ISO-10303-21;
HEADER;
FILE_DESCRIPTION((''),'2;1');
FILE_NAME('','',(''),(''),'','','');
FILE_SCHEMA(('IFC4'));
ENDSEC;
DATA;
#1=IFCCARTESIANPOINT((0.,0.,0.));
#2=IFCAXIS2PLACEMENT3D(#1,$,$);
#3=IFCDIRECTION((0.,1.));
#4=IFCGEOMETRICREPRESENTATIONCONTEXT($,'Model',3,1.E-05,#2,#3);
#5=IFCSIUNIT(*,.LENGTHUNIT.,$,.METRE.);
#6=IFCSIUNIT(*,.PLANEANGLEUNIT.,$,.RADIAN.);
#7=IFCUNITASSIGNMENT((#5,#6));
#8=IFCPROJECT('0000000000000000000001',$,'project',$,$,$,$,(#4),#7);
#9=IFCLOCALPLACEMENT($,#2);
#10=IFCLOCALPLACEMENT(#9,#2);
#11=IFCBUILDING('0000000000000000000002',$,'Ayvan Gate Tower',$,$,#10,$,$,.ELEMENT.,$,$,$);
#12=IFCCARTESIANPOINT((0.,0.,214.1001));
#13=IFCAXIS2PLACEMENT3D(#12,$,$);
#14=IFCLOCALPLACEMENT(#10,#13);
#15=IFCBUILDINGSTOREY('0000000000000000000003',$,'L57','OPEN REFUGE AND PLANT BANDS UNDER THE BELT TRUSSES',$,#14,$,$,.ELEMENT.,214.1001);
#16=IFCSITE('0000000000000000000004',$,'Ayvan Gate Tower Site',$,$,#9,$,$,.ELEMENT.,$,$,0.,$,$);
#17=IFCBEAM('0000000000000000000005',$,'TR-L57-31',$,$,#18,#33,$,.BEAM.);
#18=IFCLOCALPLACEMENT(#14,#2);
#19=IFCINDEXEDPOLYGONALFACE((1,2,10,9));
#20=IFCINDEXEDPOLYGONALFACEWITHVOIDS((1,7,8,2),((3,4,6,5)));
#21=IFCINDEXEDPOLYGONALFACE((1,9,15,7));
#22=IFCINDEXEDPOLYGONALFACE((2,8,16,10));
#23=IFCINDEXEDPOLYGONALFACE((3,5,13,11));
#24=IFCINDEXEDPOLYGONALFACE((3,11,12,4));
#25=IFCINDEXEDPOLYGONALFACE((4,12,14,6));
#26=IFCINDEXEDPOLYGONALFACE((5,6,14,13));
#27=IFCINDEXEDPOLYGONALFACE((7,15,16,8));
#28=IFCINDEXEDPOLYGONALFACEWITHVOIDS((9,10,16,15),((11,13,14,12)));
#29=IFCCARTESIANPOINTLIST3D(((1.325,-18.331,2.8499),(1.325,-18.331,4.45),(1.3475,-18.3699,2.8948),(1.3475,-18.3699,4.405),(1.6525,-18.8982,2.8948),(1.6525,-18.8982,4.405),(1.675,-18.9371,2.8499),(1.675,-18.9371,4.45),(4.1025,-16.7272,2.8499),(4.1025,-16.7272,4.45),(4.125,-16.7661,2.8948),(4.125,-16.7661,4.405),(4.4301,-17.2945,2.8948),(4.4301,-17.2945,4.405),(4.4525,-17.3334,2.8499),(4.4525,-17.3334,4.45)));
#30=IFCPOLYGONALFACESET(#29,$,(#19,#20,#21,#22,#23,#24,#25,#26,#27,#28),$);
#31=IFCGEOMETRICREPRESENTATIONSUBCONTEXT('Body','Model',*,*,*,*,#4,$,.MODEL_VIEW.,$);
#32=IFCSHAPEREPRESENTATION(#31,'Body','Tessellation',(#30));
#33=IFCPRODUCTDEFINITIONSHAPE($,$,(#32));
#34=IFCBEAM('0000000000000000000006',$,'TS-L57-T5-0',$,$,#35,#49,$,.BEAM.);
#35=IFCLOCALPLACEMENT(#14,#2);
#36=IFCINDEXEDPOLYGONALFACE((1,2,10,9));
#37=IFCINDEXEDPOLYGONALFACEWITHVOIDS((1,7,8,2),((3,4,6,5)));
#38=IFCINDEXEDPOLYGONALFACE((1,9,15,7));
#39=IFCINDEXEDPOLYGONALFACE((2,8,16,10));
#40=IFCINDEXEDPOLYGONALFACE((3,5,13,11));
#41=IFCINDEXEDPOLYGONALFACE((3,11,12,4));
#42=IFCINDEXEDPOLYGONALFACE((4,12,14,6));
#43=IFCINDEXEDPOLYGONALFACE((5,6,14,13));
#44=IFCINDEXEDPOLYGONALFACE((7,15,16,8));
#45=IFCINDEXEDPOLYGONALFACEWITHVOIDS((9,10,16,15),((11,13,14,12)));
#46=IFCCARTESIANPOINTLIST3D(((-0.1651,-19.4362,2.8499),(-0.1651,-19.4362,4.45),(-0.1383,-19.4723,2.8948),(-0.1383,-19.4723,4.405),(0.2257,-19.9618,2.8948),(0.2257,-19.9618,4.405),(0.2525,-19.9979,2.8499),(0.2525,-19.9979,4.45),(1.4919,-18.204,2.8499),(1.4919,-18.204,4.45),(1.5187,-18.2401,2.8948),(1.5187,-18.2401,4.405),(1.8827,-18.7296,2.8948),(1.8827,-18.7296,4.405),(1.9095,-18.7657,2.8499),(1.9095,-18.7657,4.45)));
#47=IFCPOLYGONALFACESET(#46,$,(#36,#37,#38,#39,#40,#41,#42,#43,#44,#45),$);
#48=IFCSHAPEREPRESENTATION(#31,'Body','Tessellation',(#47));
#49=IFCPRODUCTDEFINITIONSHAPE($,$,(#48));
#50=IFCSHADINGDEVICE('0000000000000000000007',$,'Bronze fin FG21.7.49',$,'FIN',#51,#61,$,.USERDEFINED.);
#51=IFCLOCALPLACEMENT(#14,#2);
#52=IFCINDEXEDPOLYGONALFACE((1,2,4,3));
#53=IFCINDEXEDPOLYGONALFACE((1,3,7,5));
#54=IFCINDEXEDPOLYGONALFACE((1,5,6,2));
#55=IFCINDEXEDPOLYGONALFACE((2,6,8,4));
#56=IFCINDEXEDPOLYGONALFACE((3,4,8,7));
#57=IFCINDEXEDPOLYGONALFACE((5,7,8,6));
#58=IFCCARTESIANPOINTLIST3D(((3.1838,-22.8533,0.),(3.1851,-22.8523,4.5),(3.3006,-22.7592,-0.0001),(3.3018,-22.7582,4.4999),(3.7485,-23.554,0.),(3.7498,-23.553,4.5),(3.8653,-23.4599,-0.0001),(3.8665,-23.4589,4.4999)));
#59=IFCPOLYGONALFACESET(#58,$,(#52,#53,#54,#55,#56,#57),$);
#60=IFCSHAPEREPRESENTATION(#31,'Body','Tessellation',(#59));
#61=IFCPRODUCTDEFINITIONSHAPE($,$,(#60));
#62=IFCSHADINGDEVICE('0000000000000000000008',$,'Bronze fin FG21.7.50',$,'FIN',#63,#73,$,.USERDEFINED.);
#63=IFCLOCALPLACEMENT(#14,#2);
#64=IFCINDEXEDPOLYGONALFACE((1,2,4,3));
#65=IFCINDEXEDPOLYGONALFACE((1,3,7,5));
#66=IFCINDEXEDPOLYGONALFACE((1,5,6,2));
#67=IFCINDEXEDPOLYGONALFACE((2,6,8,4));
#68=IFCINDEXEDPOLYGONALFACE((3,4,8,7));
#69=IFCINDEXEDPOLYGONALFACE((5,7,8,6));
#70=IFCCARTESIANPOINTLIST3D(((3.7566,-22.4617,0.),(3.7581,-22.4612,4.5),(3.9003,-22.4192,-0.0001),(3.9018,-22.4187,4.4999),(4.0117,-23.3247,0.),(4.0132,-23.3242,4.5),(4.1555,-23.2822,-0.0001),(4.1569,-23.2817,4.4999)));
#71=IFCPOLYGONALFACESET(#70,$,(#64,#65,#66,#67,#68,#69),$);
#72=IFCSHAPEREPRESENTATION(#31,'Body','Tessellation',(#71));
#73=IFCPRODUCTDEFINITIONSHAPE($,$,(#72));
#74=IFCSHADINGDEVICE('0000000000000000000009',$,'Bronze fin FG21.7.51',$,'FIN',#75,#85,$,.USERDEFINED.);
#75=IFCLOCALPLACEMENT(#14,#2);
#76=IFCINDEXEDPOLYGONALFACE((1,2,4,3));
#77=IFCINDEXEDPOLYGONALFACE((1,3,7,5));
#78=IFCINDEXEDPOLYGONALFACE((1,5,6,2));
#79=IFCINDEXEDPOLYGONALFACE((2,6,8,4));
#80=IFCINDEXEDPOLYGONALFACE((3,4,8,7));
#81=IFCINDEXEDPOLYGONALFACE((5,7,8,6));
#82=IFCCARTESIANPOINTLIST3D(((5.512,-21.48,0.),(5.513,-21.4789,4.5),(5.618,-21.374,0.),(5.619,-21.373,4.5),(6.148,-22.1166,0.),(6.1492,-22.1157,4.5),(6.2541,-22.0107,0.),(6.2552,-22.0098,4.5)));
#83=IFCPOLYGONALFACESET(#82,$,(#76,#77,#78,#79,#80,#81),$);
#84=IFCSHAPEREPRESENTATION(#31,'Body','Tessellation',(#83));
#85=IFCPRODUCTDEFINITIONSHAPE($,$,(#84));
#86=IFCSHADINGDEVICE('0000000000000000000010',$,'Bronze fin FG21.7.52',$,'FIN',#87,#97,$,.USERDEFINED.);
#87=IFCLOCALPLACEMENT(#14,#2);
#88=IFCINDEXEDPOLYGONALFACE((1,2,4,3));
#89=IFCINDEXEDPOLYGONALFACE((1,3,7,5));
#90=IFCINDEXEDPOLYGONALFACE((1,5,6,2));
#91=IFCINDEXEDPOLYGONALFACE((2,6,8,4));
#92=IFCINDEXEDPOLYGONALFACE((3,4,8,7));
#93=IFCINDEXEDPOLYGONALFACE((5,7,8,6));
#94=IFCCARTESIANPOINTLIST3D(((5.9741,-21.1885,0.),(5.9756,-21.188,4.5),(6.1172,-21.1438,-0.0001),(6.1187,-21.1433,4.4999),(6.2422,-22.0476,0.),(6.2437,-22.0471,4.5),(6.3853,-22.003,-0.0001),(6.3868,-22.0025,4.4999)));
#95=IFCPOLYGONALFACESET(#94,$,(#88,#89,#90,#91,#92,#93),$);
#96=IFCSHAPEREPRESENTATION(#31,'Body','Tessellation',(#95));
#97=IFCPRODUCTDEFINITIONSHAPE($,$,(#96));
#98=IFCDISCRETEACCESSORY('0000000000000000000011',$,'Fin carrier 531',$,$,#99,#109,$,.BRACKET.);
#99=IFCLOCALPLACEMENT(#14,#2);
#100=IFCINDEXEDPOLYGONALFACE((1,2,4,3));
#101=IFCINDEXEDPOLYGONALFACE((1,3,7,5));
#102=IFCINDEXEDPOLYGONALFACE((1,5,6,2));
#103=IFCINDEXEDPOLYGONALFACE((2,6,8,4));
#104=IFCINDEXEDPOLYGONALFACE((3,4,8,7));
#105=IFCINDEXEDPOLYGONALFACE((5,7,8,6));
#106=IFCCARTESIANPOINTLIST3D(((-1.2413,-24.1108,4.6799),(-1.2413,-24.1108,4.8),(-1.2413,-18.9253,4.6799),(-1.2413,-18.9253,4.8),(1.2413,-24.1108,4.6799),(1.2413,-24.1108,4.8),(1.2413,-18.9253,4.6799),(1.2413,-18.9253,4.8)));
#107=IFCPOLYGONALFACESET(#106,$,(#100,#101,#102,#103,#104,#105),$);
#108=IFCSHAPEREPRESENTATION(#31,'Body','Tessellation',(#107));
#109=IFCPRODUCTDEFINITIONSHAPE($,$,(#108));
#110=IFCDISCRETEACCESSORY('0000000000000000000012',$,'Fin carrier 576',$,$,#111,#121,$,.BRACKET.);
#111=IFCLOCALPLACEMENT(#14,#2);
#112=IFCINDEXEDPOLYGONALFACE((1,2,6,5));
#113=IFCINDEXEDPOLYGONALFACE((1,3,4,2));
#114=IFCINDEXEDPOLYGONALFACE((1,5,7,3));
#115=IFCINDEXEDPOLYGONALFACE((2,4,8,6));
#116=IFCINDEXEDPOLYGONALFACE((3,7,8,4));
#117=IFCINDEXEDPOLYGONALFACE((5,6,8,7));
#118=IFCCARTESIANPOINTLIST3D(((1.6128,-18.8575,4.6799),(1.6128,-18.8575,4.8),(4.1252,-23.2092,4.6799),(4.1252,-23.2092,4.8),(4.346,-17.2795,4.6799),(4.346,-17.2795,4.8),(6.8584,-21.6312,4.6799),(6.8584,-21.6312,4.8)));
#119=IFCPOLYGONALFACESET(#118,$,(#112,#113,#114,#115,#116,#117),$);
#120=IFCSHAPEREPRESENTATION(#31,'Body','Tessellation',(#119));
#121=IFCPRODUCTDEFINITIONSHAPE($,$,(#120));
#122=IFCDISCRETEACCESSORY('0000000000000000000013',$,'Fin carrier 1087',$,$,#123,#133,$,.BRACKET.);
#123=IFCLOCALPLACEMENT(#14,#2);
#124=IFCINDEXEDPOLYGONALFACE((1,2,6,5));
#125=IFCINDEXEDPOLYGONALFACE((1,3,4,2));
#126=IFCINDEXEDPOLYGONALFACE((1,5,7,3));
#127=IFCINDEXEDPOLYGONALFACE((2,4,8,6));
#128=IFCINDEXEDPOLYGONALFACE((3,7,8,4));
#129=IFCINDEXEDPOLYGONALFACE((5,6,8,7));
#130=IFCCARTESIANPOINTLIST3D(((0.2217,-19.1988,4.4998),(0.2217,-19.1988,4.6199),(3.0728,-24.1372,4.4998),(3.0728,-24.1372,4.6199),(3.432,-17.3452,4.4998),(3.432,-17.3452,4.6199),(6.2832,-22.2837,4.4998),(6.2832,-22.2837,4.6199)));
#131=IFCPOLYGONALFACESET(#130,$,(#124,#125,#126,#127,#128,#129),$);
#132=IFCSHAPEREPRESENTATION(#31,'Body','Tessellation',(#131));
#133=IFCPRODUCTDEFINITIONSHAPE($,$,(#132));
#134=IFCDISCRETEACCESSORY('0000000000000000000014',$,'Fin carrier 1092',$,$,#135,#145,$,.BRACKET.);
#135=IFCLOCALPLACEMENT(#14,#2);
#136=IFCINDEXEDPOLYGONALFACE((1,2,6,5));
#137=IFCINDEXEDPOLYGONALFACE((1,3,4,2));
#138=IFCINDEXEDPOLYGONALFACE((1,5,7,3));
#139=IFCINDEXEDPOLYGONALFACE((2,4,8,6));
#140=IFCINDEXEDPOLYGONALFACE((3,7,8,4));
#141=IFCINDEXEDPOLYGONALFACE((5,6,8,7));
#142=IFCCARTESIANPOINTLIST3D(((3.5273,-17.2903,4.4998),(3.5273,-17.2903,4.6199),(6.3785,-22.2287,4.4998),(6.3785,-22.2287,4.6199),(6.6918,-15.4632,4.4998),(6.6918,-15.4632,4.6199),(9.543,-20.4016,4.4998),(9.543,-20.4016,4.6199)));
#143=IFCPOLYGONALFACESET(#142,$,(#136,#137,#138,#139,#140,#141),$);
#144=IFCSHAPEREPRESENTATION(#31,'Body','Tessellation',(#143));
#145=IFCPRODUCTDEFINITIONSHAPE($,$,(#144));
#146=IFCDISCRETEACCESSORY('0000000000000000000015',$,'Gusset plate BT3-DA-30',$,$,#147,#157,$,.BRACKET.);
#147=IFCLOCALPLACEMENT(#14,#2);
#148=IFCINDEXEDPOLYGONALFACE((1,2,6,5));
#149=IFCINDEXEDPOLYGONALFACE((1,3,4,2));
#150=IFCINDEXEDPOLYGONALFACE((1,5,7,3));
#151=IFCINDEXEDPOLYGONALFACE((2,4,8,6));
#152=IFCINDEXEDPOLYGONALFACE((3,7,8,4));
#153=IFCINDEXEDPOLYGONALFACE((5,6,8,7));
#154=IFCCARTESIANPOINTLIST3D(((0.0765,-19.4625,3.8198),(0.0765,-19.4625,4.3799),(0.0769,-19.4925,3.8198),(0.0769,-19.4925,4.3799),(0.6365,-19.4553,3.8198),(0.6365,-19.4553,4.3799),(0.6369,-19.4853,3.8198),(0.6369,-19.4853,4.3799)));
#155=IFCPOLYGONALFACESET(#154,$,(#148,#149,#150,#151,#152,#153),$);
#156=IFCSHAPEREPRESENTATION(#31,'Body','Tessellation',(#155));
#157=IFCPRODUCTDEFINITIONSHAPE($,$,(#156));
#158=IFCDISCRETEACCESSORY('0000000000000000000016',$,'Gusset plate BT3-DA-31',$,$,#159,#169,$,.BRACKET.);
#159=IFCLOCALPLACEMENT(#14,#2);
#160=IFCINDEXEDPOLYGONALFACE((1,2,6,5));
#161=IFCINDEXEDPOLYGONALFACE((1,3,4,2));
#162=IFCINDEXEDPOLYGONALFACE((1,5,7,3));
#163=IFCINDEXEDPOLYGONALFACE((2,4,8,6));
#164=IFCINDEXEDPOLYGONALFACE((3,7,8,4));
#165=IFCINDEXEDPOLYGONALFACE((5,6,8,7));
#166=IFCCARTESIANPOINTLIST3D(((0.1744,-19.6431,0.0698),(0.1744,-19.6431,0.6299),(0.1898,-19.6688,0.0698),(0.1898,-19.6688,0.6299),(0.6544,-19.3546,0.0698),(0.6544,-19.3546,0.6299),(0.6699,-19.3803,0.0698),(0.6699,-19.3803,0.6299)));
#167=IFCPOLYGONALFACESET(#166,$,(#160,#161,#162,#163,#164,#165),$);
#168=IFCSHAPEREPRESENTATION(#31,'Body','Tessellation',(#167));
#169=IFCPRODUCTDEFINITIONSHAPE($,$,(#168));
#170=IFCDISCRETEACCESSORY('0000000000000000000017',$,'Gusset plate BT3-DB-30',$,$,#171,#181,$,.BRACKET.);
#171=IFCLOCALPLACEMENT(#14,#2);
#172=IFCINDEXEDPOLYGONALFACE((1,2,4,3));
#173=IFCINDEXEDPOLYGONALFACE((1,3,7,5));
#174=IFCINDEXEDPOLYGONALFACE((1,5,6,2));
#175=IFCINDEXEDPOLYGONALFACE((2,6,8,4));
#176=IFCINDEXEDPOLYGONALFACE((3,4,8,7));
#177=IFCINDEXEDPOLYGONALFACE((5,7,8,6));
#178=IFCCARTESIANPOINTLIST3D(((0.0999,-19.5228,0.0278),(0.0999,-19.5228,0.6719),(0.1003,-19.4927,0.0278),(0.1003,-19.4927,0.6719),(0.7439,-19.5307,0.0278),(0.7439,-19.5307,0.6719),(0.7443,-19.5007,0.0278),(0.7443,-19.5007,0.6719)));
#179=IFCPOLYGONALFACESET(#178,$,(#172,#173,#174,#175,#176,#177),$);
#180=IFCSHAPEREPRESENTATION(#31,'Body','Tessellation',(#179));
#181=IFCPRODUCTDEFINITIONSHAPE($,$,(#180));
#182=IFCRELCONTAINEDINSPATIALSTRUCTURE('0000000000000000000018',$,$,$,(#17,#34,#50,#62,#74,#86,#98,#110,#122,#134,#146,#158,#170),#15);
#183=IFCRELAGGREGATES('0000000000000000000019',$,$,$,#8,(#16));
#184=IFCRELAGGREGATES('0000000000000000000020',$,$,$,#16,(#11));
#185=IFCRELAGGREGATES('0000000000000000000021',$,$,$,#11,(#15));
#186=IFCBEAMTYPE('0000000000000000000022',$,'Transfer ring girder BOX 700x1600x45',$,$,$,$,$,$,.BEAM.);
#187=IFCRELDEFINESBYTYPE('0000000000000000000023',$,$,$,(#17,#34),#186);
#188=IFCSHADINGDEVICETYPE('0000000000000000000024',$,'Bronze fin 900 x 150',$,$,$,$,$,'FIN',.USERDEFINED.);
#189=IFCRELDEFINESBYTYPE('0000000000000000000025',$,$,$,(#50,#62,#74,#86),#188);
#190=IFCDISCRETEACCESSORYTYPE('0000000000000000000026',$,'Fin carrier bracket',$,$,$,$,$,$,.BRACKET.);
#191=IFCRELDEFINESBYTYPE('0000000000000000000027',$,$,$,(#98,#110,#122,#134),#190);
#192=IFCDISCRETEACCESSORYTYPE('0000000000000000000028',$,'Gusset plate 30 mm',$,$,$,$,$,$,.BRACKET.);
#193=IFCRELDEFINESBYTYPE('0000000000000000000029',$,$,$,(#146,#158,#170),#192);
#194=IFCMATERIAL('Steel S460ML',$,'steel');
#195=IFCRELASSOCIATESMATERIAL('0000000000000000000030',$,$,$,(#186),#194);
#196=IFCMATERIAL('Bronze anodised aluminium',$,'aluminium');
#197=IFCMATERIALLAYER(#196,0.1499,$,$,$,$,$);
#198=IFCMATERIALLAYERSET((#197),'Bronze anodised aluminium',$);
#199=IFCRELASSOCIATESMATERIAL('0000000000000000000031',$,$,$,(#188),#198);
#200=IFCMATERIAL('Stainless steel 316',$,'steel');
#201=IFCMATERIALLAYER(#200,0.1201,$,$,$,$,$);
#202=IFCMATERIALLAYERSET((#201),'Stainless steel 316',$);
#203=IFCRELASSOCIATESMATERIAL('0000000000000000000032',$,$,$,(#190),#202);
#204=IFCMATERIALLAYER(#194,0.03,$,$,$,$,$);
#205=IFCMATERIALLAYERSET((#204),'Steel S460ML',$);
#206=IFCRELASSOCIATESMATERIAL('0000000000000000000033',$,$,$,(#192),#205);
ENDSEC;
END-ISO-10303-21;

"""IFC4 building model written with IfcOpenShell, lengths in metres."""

from ifc_helpers import new_model, si_unit, direction, frame, origin, origin_2d, place, context, subcontext, project, spatial, polyline, rectangle, hollow_rectangle, outline, extrude, material, layer, layer_set, material_profile, profile_set, type_object, element, save


model = new_model("IFC4")

# Units and contexts
model_context = context("Model", 3, precision=1e-05, world=origin(), true_north=direction((0.0, 1.0)))
body_context = subcontext(model_context, "Body", "Model", "MODEL_VIEW")
ifc_project = project(units=[si_unit("LENGTHUNIT", "METRE"), si_unit("PLANEANGLEUNIT", "RADIAN")], contexts=[model_context])

# Site, building, storey
site_placement = place(None, origin())
site = spatial("IfcSite", under=ifc_project, at=site_placement, Name="Ayvan Gate Tower Site", CompositionType="ELEMENT", RefElevation=0.0)
building_placement = place(site_placement, origin())
building = spatial("IfcBuilding", under=site, at=building_placement, Name="Ayvan Gate Tower", CompositionType="ELEMENT")
storey_placement = place(building_placement, frame((0.0, 0.0, 214.1001)))
storey = spatial("IfcBuildingStorey", under=building, at=storey_placement, Name="L57", Description="OPEN REFUGE AND PLANT BANDS UNDER THE BELT TRUSSES", CompositionType="ELEMENT", Elevation=214.1001)

# Shared definitions
ifc_material_1 = material(Name="Steel S460ML", Category="steel")

# Beams
ifc_material_profile_1 = material_profile(ifc_material_1, hollow_rectangle(XDim=0.7, YDim=1.6001, WallThickness=0.0449, at=origin_2d()), Name="BOX 700x1600x45")
ifc_profile_set_1 = profile_set([ifc_material_profile_1], Name="Steel S460ML")
beam_type_1 = type_object("IfcBeamType", Name="Transfer ring girder BOX 700x1600x45", PredefinedType="BEAM", material=ifc_profile_set_1)
beam_1_placement = place(storey_placement, frame((1.5, -18.634, 3.6499), z_axis=(0.866009, 0.500028, 0.0), x_axis=(-0.500028, 0.866009, 0.0)))
element("IfcBeam", 1, at=beam_1_placement, inside=storey, type_object=beam_type_1, Name="TR-L57-31", PredefinedType="BEAM", context=body_context, shape_type="SweptSolid", body=[
    extrude(hollow_rectangle(XDim=0.7, YDim=1.6001, WallThickness=0.0449, at=origin_2d()), origin(), (0.0, 0.0, 1.0), 3.2073),
])
beam_2_placement = place(storey_placement, frame((0.0437, -19.717, 3.6499), z_axis=(0.802448, 0.596722, 0.0), x_axis=(-0.596722, 0.802448, 0.0)))
element("IfcBeam", 2, at=beam_2_placement, inside=storey, type_object=beam_type_1, Name="TS-L57-T5-0", PredefinedType="BEAM", context=body_context, shape_type="SweptSolid", body=[
    extrude(hollow_rectangle(XDim=0.7, YDim=1.6001, WallThickness=0.0449, at=origin_2d()), origin(), (0.0, 0.0, 1.0), 2.0649),
])

# Shading devices
ifc_material_2 = material(Name="Bronze anodised aluminium", Category="aluminium")
ifc_layer_1 = layer(ifc_material_2, 0.1499)
ifc_layer_set_1 = layer_set([ifc_layer_1], Name="Bronze anodised aluminium")
shading_device_type = type_object("IfcShadingDeviceType", Name="Bronze fin 900 x 150", ElementType="FIN", PredefinedType="USERDEFINED", material=ifc_layer_set_1)
shading_device_1_placement = place(storey_placement, frame((3.1838, -22.8533, 0.0), z_axis=(-0.778614, -0.627503, 0.000347), x_axis=(0.627503, -0.778614, 0.0)))
element("IfcShadingDevice", 3, at=shading_device_1_placement, inside=storey, type_object=shading_device_type, Name="Bronze fin FG21.7.49", ObjectType="FIN", PredefinedType="USERDEFINED", context=body_context, shape_type="SweptSolid", body=[
    extrude(outline(polyline([(0.0, 0.0), (0.8999, 0.0), (0.8999, 4.5), (0.0, 4.5), (0.0, 0.0)])), origin(), (0.0, 0.0, -1.0), 0.1499),
])
shading_device_2_placement = place(storey_placement, frame((3.7566, -22.4617, 0.0), z_axis=(-0.958976, -0.283488, 0.000343), x_axis=(0.283488, -0.958976, 0.0)))
element("IfcShadingDevice", 4, at=shading_device_2_placement, inside=storey, type_object=shading_device_type, Name="Bronze fin FG21.7.50", ObjectType="FIN", PredefinedType="USERDEFINED", context=body_context, shape_type="SweptSolid", body=[
    extrude(outline(polyline([(0.0, 0.0), (0.9, 0.0), (0.8999, 4.5), (-0.0001, 4.5), (0.0, 0.0)])), origin(), (0.0, 0.0, -1.0), 0.1499),
])
shading_device_3_placement = place(storey_placement, frame((5.512, -21.48, 0.0), z_axis=(-0.707446, -0.706768, 0.000326), x_axis=(0.706768, -0.707446, 0.0)))
element("IfcShadingDevice", 5, at=shading_device_3_placement, inside=storey, type_object=shading_device_type, Name="Bronze fin FG21.7.51", ObjectType="FIN", PredefinedType="USERDEFINED", context=body_context, shape_type="SweptSolid", body=[
    extrude(outline(polyline([(0.0, 0.0), (0.8999, 0.0), (0.9001, 4.5), (0.0, 4.5), (0.0, 0.0)])), origin(), (0.0, 0.0, -1.0), 0.1499),
])
shading_device_4_placement = place(storey_placement, frame((5.9741, -21.1885, 0.0), z_axis=(-0.95461, -0.297858, 0.000343), x_axis=(0.297858, -0.95461, 0.0)))
element("IfcShadingDevice", 6, at=shading_device_4_placement, inside=storey, type_object=shading_device_type, Name="Bronze fin FG21.7.52", ObjectType="FIN", PredefinedType="USERDEFINED", context=body_context, shape_type="SweptSolid", body=[
    extrude(outline(polyline([(0.0, 0.0), (0.9, 0.0), (0.9, 4.5), (0.0, 4.5), (0.0, 0.0)])), origin(), (0.0, 0.0, -1.0), 0.1499),
])

# Discrete accessories
ifc_material_3 = material(Name="Stainless steel 316", Category="steel")
ifc_layer_2 = layer(ifc_material_3, 0.1201)
ifc_layer_set_2 = layer_set([ifc_layer_2], Name="Stainless steel 316")
discrete_accessory_type_1 = type_object("IfcDiscreteAccessoryType", Name="Fin carrier bracket", PredefinedType="BRACKET", material=ifc_layer_set_2)
discrete_accessory_1_placement = place(storey_placement, frame((0.0, -21.5181, 4.6799), z_axis=(0.0, 0.0, 1.0), x_axis=(1.0, 0.0, 0.0)))
element("IfcDiscreteAccessory", 7, at=discrete_accessory_1_placement, inside=storey, type_object=discrete_accessory_type_1, Name="Fin carrier 531", PredefinedType="BRACKET", context=body_context, shape_type="SweptSolid", body=[
    extrude(rectangle(XDim=2.4827, YDim=5.1855, at=origin_2d()), origin(), (0.0, 0.0, 1.0), 0.1201),
])
discrete_accessory_2_placement = place(storey_placement, frame((4.2356, -20.2444, 4.6799), z_axis=(0.0, 0.0, 1.0), x_axis=(0.866025, 0.5, 0.0)))
element("IfcDiscreteAccessory", 8, at=discrete_accessory_2_placement, inside=storey, type_object=discrete_accessory_type_1, Name="Fin carrier 576", PredefinedType="BRACKET", context=body_context, shape_type="SweptSolid", body=[
    extrude(rectangle(XDim=3.156, YDim=5.0249, at=origin_2d()), origin(), (0.0, 0.0, 1.0), 0.1201),
])
discrete_accessory_3_placement = place(storey_placement, frame((3.2524, -20.7412, 4.4998), z_axis=(0.0, 0.0, 1.0), x_axis=(0.866025, 0.5, 0.0)))
element("IfcDiscreteAccessory", 9, at=discrete_accessory_3_placement, inside=storey, type_object=discrete_accessory_type_1, Name="Fin carrier 1087", PredefinedType="BRACKET", context=body_context, shape_type="SweptSolid", body=[
    extrude(rectangle(XDim=3.707, YDim=5.7024, at=origin_2d()), origin(), (0.0, 0.0, 1.0), 0.1201),
])
discrete_accessory_4_placement = place(storey_placement, frame((6.5352, -18.8459, 4.4998), z_axis=(0.0, 0.0, 1.0), x_axis=(0.866025, 0.5, 0.0)))
element("IfcDiscreteAccessory", 10, at=discrete_accessory_4_placement, inside=storey, type_object=discrete_accessory_type_1, Name="Fin carrier 1092", PredefinedType="BRACKET", context=body_context, shape_type="SweptSolid", body=[
    extrude(rectangle(XDim=3.6541, YDim=5.7024, at=origin_2d()), origin(), (0.0, 0.0, 1.0), 0.1201),
])
ifc_layer_3 = layer(ifc_material_1, 0.03)
ifc_layer_set_3 = layer_set([ifc_layer_3], Name="Steel S460ML")
discrete_accessory_type_2 = type_object("IfcDiscreteAccessoryType", Name="Gusset plate 30 mm", PredefinedType="BRACKET", material=ifc_layer_set_3)
for number, where, z_axis, x_axis, name in (
    (11, (0.3567, -19.4739, 3.8198), (0.0, 0.0, 1.0), (0.999917, 0.012877, 0.0), "Gusset plate BT3-DA-30"),
    (12, (0.4221, -19.5117, 0.0698), (0.0, 0.0, 1.0), (0.857128, 0.515104, 0.0), "Gusset plate BT3-DA-31"),
):
    element("IfcDiscreteAccessory", number, at=place(storey_placement, frame(where, z_axis=z_axis, x_axis=x_axis)), inside=storey, type_object=discrete_accessory_type_2, Name=name, PredefinedType="BRACKET", context=body_context, shape_type="SweptSolid", body=[
        extrude(rectangle(XDim=0.5601, YDim=0.03, at=origin_2d()), origin(), (0.0, 0.0, 1.0), 0.5601),
    ])
discrete_accessory_5_placement = place(storey_placement, frame((0.4221, -19.5117, 0.0278), z_axis=(0.0, 0.0, 1.0), x_axis=(-0.999924, 0.012327, 0.0)))
element("IfcDiscreteAccessory", 13, at=discrete_accessory_5_placement, inside=storey, type_object=discrete_accessory_type_2, Name="Gusset plate BT3-DB-30", PredefinedType="BRACKET", context=body_context, shape_type="SweptSolid", body=[
    extrude(rectangle(XDim=0.644, YDim=0.03, at=origin_2d()), origin(), (0.0, 0.0, 1.0), 0.644),
])

save(model, "model.ifc")
